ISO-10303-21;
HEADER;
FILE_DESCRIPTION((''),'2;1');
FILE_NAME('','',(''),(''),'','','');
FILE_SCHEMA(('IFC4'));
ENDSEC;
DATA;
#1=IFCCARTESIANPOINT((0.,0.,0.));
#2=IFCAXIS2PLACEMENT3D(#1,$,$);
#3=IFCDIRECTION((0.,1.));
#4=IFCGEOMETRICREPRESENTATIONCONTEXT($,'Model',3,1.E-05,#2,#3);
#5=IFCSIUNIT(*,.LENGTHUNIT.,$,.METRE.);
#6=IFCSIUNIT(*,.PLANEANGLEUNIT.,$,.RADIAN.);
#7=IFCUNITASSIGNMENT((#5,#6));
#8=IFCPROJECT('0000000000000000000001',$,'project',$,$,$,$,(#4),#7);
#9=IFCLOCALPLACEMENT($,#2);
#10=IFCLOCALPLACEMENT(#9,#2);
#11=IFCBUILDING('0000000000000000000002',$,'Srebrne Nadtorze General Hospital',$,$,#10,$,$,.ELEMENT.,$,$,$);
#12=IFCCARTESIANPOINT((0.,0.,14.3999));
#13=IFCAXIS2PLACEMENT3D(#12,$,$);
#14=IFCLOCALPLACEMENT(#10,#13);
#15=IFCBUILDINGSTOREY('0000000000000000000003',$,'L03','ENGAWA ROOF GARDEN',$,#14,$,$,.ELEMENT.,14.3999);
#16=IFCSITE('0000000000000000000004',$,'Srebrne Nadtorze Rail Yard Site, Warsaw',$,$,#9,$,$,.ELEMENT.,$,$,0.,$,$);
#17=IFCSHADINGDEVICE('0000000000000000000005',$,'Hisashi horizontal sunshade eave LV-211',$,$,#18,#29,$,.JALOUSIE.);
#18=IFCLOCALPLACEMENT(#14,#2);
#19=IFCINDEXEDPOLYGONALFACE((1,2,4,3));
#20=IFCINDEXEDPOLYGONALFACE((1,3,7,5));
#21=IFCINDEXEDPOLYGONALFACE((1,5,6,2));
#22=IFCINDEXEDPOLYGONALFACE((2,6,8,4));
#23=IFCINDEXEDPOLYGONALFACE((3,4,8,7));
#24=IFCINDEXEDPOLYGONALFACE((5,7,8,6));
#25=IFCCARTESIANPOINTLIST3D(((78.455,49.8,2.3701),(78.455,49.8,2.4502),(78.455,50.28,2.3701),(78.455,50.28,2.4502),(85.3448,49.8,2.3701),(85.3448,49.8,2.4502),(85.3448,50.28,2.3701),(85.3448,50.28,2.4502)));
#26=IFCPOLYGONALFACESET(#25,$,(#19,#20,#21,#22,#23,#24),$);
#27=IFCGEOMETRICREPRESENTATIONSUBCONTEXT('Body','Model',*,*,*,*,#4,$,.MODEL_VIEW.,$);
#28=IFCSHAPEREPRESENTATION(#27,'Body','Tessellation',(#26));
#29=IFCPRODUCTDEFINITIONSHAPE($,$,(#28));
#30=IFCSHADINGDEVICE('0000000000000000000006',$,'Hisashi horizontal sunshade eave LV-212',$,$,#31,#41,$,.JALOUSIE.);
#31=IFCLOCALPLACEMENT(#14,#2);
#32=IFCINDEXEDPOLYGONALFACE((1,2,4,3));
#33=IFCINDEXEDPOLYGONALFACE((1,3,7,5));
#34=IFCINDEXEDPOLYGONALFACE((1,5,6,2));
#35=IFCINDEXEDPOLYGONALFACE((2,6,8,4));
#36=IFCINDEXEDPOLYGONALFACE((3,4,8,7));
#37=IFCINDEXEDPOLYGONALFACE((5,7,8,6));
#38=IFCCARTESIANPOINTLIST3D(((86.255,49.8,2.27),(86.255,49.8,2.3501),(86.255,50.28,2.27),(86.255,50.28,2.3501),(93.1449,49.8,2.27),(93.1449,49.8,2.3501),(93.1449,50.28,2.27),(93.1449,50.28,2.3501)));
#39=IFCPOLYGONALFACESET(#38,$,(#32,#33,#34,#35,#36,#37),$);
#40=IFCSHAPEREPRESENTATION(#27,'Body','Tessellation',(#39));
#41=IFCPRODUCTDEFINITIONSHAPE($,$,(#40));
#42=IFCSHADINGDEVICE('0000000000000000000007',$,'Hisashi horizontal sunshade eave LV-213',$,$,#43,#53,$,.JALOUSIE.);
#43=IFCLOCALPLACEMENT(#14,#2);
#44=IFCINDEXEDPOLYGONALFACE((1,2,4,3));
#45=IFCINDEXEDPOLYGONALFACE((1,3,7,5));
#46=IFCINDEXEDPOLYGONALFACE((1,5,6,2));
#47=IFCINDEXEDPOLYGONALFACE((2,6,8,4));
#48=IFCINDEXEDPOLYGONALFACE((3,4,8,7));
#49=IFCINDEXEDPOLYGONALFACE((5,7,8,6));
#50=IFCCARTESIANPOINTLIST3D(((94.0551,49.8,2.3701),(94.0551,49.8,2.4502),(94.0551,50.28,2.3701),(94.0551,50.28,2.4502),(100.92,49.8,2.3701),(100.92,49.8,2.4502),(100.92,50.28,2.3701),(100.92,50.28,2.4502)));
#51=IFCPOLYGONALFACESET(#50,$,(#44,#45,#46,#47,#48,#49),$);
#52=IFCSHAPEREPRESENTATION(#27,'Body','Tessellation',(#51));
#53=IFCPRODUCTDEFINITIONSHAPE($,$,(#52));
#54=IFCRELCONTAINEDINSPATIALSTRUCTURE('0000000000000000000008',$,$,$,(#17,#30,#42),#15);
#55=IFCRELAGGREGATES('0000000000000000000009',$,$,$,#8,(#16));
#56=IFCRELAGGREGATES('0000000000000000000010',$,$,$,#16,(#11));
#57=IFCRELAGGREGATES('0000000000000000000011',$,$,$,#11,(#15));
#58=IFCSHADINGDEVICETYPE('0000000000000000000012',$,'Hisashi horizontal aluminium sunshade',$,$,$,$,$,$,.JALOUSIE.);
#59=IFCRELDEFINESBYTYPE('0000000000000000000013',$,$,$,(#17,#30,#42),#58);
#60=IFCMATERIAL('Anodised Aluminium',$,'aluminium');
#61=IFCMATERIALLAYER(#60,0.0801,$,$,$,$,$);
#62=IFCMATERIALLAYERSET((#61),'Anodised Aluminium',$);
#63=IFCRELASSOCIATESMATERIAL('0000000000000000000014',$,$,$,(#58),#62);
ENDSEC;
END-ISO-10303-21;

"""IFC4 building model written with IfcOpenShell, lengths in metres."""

from ifc_helpers import new_model, si_unit, direction, frame, origin, origin_2d, place, context, subcontext, project, spatial, rectangle, extrude, material, layer, layer_set, type_object, element, save


model = new_model("IFC4")

# Units and contexts
model_context = context("Model", 3, precision=1e-05, world=origin(), true_north=direction((0.0, 1.0)))
body_context = subcontext(model_context, "Body", "Model", "MODEL_VIEW")
ifc_project = project(units=[si_unit("LENGTHUNIT", "METRE"), si_unit("PLANEANGLEUNIT", "RADIAN")], contexts=[model_context])

# Site, building, storey
site_placement = place(None, origin())
site = spatial("IfcSite", under=ifc_project, at=site_placement, Name="Srebrne Nadtorze Rail Yard Site, Warsaw", CompositionType="ELEMENT", RefElevation=0.0)
building_placement = place(site_placement, origin())
building = spatial("IfcBuilding", under=site, at=building_placement, Name="Srebrne Nadtorze General Hospital", CompositionType="ELEMENT")
storey_placement = place(building_placement, frame((0.0, 0.0, 14.3999)))
storey = spatial("IfcBuildingStorey", under=building, at=storey_placement, Name="L03", Description="ENGAWA ROOF GARDEN", CompositionType="ELEMENT", Elevation=14.3999)

# Shading devices
ifc_material_1 = material(Name="Anodised Aluminium", Category="aluminium")
ifc_layer_1 = layer(ifc_material_1, 0.0801)
ifc_layer_set_1 = layer_set([ifc_layer_1], Name="Anodised Aluminium")
shading_device_type = type_object("IfcShadingDeviceType", Name="Hisashi horizontal aluminium sunshade", PredefinedType="JALOUSIE", material=ifc_layer_set_1)
for number, where, z_axis, x_axis, name in (
    (1, (81.8999, 50.04, 2.3701), (0.0, 0.0, 1.0), (1.0, 0.0, 0.0), "Hisashi horizontal sunshade eave LV-211"),
    (2, (89.7, 50.04, 2.27), (0.0, 0.0, 1.0), (1.0, 0.0, 0.0), "Hisashi horizontal sunshade eave LV-212"),
):
    element("IfcShadingDevice", number, at=place(storey_placement, frame(where, z_axis=z_axis, x_axis=x_axis)), inside=storey, type_object=shading_device_type, Name=name, PredefinedType="JALOUSIE", context=body_context, shape_type="SweptSolid", body=[
        extrude(rectangle(XDim=6.8899, YDim=0.48, at=origin_2d()), origin(), (0.0, 0.0, 1.0), 0.0801),
    ])
shading_device_placement = place(storey_placement, frame((97.4875, 50.04, 2.3701), z_axis=(0.0, 0.0, 1.0), x_axis=(1.0, 0.0, 0.0)))
element("IfcShadingDevice", 3, at=shading_device_placement, inside=storey, type_object=shading_device_type, Name="Hisashi horizontal sunshade eave LV-213", PredefinedType="JALOUSIE", context=body_context, shape_type="SweptSolid", body=[
    extrude(rectangle(XDim=6.865, YDim=0.48, at=origin_2d()), origin(), (0.0, 0.0, 1.0), 0.0801),
])

save(model, "model.ifc")
